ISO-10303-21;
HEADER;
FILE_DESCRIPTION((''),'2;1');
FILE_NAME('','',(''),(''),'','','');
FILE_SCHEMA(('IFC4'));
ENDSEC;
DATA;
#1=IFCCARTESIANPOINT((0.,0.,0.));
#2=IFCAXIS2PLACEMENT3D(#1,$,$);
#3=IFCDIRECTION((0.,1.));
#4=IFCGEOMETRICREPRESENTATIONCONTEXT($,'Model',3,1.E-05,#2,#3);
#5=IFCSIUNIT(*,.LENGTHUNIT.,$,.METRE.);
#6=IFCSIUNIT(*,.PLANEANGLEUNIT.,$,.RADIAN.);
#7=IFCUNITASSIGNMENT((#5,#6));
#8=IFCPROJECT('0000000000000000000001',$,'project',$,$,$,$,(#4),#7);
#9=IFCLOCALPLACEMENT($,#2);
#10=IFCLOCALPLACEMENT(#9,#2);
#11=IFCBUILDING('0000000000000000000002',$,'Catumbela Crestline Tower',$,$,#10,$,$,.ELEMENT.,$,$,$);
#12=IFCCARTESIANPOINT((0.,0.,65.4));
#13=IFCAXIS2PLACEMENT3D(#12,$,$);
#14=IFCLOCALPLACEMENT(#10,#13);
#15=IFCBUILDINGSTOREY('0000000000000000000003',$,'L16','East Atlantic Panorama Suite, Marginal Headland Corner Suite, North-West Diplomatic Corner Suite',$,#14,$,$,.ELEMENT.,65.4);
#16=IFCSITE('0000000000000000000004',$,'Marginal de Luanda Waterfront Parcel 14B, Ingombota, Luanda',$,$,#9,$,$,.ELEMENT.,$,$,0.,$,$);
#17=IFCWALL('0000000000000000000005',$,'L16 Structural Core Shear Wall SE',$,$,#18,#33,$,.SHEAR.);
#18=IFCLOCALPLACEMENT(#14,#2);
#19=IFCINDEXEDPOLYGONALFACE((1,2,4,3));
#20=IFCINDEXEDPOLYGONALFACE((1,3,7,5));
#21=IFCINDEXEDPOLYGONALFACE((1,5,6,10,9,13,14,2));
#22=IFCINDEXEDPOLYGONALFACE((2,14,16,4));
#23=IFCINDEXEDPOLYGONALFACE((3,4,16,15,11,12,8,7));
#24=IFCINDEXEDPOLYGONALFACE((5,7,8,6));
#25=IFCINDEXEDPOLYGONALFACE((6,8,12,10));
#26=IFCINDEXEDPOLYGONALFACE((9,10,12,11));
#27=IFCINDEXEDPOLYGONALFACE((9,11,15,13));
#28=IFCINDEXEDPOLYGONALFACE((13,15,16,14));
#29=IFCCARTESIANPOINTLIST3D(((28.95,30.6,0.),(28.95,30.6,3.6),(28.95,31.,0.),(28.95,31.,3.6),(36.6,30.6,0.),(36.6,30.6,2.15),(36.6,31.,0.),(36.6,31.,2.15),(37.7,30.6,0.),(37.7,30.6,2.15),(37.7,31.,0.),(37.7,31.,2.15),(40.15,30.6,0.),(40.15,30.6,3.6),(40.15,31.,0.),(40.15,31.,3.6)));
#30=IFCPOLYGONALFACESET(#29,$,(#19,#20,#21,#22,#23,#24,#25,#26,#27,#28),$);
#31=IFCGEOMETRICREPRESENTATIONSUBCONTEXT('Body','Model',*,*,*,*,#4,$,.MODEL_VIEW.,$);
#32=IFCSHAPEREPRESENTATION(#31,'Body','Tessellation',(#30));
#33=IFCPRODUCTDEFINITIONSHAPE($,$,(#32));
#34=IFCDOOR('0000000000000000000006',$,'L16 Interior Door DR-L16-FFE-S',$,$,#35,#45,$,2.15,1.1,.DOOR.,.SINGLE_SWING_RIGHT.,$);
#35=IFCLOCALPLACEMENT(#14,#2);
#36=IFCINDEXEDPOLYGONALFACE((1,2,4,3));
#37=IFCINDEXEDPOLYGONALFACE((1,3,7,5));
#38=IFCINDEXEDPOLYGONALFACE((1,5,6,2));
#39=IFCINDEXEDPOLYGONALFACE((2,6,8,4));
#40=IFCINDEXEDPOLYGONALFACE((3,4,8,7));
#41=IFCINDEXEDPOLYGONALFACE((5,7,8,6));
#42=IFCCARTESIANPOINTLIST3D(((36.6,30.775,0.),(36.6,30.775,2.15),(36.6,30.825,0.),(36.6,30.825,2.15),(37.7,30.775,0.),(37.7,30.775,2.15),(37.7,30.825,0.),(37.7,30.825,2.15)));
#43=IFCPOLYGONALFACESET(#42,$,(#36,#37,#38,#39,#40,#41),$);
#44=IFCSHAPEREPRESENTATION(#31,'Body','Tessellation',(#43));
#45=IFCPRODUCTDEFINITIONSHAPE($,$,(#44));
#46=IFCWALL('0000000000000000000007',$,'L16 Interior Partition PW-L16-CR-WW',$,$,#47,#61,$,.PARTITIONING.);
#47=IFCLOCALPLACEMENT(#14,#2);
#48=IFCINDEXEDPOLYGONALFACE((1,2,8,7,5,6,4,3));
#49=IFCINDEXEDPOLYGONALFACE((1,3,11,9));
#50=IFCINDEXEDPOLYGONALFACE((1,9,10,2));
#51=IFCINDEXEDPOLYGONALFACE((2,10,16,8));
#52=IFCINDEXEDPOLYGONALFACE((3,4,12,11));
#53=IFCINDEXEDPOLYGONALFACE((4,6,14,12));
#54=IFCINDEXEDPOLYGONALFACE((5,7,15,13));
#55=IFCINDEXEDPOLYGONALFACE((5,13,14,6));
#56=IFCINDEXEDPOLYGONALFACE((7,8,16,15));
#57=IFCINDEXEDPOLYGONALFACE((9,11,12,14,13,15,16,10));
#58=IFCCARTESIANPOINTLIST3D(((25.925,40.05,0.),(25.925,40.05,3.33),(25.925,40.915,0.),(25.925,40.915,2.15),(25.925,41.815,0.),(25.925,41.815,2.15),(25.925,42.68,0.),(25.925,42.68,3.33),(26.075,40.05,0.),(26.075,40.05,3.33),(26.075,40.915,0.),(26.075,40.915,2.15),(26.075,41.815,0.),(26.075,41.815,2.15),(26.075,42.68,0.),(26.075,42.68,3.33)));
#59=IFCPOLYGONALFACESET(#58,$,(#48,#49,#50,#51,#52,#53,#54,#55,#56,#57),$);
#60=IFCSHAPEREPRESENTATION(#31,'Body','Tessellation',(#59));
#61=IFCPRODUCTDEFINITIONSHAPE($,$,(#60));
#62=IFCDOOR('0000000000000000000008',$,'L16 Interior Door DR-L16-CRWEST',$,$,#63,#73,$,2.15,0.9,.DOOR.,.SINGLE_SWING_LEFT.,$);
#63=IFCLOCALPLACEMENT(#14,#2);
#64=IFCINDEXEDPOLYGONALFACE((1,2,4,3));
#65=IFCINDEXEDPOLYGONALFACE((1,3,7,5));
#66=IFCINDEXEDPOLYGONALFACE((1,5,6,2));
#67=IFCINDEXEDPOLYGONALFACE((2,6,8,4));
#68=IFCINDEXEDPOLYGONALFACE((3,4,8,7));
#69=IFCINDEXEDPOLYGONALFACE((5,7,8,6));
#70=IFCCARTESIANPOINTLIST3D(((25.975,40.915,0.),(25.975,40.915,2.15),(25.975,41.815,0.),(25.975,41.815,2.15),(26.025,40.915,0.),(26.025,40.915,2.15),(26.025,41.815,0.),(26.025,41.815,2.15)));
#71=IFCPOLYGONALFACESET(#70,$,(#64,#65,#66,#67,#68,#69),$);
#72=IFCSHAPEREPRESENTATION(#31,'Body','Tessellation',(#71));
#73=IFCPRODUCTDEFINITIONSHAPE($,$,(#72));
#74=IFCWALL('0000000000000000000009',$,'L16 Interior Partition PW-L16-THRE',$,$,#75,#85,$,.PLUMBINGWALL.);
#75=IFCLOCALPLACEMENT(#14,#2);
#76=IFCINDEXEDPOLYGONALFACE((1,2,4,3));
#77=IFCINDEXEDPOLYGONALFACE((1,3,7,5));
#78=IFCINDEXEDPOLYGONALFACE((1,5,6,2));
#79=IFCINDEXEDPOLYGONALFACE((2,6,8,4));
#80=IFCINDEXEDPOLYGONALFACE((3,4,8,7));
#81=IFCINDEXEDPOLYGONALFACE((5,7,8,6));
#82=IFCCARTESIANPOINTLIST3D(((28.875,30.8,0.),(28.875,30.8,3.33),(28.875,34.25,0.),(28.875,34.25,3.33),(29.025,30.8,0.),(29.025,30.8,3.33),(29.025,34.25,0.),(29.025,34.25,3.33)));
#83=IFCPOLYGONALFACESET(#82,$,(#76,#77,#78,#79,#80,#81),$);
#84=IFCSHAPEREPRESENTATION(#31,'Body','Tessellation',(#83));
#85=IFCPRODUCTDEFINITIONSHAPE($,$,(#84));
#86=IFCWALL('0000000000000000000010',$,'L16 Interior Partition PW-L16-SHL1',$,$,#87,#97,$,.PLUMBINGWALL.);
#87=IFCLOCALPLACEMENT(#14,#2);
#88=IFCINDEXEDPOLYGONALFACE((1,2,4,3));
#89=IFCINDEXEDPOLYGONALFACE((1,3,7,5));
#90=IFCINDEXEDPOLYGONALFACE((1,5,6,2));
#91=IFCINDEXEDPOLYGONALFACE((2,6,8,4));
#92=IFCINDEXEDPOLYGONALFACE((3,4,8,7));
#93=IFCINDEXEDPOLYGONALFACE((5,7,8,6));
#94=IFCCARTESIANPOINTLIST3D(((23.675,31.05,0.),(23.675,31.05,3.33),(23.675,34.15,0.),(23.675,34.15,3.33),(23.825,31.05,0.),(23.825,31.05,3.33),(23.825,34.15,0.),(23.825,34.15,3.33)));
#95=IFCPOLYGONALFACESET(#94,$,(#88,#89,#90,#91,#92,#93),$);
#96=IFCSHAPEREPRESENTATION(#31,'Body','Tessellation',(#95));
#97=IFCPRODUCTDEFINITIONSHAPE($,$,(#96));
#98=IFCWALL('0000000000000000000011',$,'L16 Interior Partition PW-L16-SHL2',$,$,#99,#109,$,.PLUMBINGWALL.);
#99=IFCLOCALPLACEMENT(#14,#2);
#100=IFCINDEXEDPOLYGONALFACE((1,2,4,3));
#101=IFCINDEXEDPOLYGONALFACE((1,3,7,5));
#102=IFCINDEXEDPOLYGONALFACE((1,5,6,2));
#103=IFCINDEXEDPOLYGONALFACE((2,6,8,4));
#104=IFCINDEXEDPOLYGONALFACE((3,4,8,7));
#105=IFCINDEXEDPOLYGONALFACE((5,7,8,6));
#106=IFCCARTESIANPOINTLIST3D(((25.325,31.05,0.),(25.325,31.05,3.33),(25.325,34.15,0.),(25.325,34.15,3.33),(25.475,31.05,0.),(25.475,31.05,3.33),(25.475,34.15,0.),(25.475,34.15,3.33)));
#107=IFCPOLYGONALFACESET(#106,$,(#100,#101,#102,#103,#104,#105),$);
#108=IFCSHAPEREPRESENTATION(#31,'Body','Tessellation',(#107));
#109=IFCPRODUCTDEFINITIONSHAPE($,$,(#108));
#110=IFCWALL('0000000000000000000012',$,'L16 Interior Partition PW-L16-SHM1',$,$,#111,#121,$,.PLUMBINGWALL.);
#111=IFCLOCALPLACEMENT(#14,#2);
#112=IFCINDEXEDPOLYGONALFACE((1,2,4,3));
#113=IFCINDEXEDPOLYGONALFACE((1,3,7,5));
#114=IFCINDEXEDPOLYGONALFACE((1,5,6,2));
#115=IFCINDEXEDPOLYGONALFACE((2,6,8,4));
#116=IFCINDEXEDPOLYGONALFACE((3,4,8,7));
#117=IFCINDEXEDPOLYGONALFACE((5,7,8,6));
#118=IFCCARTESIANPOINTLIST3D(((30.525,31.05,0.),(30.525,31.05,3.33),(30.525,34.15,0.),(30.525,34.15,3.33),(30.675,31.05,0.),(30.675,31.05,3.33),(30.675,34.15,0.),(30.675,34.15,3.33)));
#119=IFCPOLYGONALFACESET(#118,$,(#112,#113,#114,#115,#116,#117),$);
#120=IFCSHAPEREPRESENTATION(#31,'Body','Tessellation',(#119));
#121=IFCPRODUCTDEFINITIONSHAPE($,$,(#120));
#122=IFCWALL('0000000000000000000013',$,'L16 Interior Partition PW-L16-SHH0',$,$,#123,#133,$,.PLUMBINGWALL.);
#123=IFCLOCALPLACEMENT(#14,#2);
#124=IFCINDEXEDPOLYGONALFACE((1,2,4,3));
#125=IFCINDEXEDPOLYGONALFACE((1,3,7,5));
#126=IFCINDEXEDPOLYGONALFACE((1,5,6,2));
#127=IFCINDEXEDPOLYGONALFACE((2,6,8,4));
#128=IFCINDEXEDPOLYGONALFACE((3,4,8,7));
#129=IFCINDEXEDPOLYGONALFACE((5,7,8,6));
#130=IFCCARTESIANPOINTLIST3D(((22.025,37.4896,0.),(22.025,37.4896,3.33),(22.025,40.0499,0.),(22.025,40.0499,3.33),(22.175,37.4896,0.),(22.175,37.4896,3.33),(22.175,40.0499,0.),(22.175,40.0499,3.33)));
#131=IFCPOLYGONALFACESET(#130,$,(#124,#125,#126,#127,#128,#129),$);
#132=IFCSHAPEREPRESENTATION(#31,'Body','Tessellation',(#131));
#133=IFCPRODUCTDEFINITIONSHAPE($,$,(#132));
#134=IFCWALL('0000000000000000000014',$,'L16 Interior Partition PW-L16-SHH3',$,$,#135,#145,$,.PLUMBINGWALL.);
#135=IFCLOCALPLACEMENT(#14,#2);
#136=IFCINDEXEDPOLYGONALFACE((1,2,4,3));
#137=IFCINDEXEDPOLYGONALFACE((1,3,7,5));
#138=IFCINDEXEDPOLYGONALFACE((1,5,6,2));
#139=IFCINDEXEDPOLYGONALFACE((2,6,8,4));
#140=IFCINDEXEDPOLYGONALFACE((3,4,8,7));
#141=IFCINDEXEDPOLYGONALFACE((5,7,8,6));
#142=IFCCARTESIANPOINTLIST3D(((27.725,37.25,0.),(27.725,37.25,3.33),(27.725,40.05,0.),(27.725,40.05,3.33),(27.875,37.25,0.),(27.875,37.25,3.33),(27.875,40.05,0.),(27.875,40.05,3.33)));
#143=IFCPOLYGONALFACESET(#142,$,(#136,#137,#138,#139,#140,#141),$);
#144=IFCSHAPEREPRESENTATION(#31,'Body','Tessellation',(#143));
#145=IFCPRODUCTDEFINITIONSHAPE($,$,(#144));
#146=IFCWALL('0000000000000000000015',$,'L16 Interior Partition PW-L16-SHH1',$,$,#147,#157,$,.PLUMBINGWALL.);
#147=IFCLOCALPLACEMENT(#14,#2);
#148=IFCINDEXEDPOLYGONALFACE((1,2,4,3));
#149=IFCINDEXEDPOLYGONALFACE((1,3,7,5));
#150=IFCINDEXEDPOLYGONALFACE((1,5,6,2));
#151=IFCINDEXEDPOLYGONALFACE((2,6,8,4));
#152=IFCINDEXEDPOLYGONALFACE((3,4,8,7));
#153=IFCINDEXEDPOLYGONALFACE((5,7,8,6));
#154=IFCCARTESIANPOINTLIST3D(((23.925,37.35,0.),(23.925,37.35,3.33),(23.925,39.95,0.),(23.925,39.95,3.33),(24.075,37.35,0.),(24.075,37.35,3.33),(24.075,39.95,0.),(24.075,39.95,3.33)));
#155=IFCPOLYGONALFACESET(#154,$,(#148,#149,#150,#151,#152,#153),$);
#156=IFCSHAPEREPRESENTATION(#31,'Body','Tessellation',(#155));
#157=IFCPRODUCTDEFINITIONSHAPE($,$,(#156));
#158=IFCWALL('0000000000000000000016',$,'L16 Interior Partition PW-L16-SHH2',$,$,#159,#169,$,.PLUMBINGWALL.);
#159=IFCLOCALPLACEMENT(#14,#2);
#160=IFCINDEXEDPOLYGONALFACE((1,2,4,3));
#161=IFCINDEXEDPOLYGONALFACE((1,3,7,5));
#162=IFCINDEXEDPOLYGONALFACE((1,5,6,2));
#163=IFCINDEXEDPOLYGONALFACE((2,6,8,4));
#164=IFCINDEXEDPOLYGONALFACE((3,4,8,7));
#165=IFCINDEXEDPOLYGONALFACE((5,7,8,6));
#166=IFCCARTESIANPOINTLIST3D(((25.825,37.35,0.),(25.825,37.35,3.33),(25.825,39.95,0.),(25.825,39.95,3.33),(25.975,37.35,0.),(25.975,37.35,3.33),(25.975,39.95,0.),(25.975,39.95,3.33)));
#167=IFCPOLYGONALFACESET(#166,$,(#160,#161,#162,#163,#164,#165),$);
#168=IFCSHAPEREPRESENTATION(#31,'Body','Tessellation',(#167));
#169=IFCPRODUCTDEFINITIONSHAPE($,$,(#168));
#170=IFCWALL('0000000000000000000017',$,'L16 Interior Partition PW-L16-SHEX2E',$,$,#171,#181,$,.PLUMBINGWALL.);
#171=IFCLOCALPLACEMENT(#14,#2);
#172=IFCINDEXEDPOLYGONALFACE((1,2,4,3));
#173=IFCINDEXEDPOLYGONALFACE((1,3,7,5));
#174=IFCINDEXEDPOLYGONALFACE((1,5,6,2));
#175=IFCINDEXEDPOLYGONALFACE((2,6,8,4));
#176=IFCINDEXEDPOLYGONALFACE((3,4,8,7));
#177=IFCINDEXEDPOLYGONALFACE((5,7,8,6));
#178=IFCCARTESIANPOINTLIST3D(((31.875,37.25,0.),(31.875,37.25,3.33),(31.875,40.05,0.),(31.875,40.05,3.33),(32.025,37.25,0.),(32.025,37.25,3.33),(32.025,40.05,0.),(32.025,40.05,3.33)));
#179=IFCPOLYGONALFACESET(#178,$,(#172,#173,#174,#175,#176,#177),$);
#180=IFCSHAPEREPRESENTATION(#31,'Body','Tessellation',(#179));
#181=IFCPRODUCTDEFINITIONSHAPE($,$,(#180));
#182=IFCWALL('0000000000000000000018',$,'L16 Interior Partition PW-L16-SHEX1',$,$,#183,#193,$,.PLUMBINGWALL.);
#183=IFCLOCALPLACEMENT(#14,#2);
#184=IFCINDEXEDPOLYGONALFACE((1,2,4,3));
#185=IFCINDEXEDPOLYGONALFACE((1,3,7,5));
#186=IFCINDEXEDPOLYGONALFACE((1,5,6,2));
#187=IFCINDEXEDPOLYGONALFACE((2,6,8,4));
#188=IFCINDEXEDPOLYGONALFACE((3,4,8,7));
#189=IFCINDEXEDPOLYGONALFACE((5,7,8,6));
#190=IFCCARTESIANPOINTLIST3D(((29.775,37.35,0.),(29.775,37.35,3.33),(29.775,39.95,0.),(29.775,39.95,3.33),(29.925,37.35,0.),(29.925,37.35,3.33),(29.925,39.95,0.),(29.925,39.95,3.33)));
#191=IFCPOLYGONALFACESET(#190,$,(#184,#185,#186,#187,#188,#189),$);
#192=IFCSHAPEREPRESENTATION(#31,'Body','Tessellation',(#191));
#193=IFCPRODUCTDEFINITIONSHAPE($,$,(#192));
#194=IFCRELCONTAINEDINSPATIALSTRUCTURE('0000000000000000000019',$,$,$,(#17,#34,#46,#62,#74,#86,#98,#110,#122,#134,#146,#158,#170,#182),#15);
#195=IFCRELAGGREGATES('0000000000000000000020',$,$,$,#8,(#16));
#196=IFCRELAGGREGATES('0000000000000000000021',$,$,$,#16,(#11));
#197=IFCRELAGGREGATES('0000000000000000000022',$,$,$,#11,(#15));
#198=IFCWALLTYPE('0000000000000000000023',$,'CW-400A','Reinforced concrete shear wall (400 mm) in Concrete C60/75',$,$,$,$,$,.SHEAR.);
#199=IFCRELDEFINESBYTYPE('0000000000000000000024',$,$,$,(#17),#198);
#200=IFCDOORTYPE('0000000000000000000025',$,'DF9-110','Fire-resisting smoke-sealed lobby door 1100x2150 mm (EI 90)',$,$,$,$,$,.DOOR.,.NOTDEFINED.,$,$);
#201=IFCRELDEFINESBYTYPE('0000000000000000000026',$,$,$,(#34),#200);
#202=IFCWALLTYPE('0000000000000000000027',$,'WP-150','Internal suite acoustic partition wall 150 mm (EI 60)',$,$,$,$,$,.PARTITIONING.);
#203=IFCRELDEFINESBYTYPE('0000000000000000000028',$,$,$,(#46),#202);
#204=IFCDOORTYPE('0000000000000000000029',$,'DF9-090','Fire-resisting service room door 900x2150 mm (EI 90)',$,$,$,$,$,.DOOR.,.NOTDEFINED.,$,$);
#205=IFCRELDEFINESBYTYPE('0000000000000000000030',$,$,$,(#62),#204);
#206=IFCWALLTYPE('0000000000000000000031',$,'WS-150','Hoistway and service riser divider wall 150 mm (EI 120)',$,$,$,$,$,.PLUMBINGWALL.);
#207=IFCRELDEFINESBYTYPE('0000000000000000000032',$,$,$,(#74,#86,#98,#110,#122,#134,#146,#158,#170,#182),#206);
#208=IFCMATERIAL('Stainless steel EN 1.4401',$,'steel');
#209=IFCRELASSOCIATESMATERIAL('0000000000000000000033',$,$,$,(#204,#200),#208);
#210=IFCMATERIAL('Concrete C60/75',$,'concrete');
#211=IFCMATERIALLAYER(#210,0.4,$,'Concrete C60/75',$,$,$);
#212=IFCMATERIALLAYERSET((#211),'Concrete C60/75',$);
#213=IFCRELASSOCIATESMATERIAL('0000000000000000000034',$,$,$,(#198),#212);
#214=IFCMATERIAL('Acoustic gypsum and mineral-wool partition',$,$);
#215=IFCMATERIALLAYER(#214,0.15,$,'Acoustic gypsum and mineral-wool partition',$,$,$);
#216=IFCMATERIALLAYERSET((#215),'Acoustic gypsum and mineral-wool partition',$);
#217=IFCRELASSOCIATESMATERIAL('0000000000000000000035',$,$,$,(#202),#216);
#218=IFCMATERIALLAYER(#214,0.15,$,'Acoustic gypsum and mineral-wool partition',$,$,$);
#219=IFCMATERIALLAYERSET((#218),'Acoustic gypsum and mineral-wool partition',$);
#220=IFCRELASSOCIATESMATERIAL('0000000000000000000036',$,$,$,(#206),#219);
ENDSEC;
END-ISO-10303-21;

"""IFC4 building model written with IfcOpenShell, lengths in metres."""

from ifc_helpers import new_model, si_unit, direction, frame, frame_2d, origin, place, context, subcontext, project, spatial, rectangle, extrude, material, layer, layer_set, type_object, element, fill, save


model = new_model("IFC4")

# Units and contexts
model_context = context("Model", 3, precision=1e-05, world=origin(), true_north=direction((0.0, 1.0)))
body_context = subcontext(model_context, "Body", "Model", "MODEL_VIEW")
ifc_project = project(units=[si_unit("LENGTHUNIT", "METRE"), si_unit("PLANEANGLEUNIT", "RADIAN")], contexts=[model_context])

# Site, building, storey
site_placement = place(None, origin())
site = spatial("IfcSite", under=ifc_project, at=site_placement, Name="Marginal de Luanda Waterfront Parcel 14B, Ingombota, Luanda", CompositionType="ELEMENT", RefElevation=0.0)
building_placement = place(site_placement, origin())
building = spatial("IfcBuilding", under=site, at=building_placement, Name="Catumbela Crestline Tower", CompositionType="ELEMENT")
storey_placement = place(building_placement, frame((0.0, 0.0, 65.4)))
storey = spatial("IfcBuildingStorey", under=building, at=storey_placement, Name="L16", Description="East Atlantic Panorama Suite, Marginal Headland Corner Suite, North-West Diplomatic Corner Suite", CompositionType="ELEMENT", Elevation=65.4)

# Shared definitions
ifc_material_1 = material(Name="Stainless steel EN 1.4401", Category="steel")

# Shared definitions
door_type_1 = type_object("IfcDoorType", Name="DF9-090", Description="Fire-resisting service room door 900x2150 mm (EI 90)", OperationType="NOTDEFINED", PredefinedType="DOOR", material=ifc_material_1)

# Walls, openings, doors
ifc_material_2 = material(Name="Concrete C60/75", Category="concrete")
ifc_layer_1 = layer(ifc_material_2, 0.4, Name="Concrete C60/75")
ifc_layer_set_1 = layer_set([ifc_layer_1], Name="Concrete C60/75")
wall_type_1 = type_object("IfcWallType", Name="CW-400A", Description="Reinforced concrete shear wall (400 mm) in Concrete C60/75", PredefinedType="SHEAR", material=ifc_layer_set_1)
wall_1_placement = place(storey_placement, frame((28.95, 30.8, 0.0), z_axis=(0.0, 0.0, 1.0), x_axis=(1.0, 0.0, 0.0)))
wall_1 = element("IfcWall", 1, at=wall_1_placement, inside=storey, type_object=wall_type_1, Name="L16 Structural Core Shear Wall SE", PredefinedType="SHEAR", context=body_context, shape_type="SweptSolid", body=[
    extrude(rectangle(XDim=11.2, YDim=0.4, at=frame_2d((5.6, 0.0))), origin(), (0.0, 0.0, 1.0), 3.6),
])
opening_1_placement = place(wall_1_placement, frame((7.65, 0.0, 0.0)))
opening_1 = element("IfcOpeningElement", 2, at=opening_1_placement, cuts=wall_1, PredefinedType="OPENING", context=body_context, shape_type="SweptSolid", body=[
    extrude(rectangle(XDim=1.1, YDim=2.15, at=frame_2d((0.55, 1.075))), frame((0.0, 0.21, 0.0), z_axis=(0.0, -1.0, 0.0), x_axis=(1.0, 0.0, 0.0)), (0.0, 0.0, 1.0), 0.42),
])
door_type_2 = type_object("IfcDoorType", Name="DF9-110", Description="Fire-resisting smoke-sealed lobby door 1100x2150 mm (EI 90)", OperationType="NOTDEFINED", PredefinedType="DOOR", material=ifc_material_1)
door_1_placement = place(opening_1_placement, origin())
door_1 = element("IfcDoor", 3, at=door_1_placement, inside=storey, type_object=door_type_2, Name="L16 Interior Door DR-L16-FFE-S", OperationType="SINGLE_SWING_RIGHT", OverallHeight=2.15, OverallWidth=1.1, PredefinedType="DOOR", context=body_context, shape_type="SweptSolid", body=[
    extrude(rectangle(XDim=1.1, YDim=2.15, at=frame_2d((0.55, 1.075))), frame((0.0, 0.025, 0.0), z_axis=(0.0, -1.0, 0.0), x_axis=(1.0, 0.0, 0.0)), (0.0, 0.0, 1.0), 0.05),
])
fill(opening_1, door_1)
ifc_material_3 = material(Name="Acoustic gypsum and mineral-wool partition")
ifc_layer_2 = layer(ifc_material_3, 0.15, Name="Acoustic gypsum and mineral-wool partition")
ifc_layer_set_2 = layer_set([ifc_layer_2], Name="Acoustic gypsum and mineral-wool partition")
wall_type_2 = type_object("IfcWallType", Name="WP-150", Description="Internal suite acoustic partition wall 150 mm (EI 60)", PredefinedType="PARTITIONING", material=ifc_layer_set_2)
wall_2_placement = place(storey_placement, frame((26.0, 40.05, 0.0), z_axis=(0.0, 0.0, 1.0), x_axis=(0.0, 1.0, 0.0)))
wall_2 = element("IfcWall", 4, at=wall_2_placement, inside=storey, type_object=wall_type_2, Name="L16 Interior Partition PW-L16-CR-WW", PredefinedType="PARTITIONING", context=body_context, shape_type="SweptSolid", body=[
    extrude(rectangle(XDim=2.63, YDim=0.15, at=frame_2d((1.315, 0.0))), origin(), (0.0, 0.0, 1.0), 3.33),
])
opening_2_placement = place(wall_2_placement, frame((0.865, 0.0, 0.0)))
opening_2 = element("IfcOpeningElement", 5, at=opening_2_placement, cuts=wall_2, PredefinedType="OPENING", context=body_context, shape_type="SweptSolid", body=[
    extrude(rectangle(XDim=0.9, YDim=2.15, at=frame_2d((0.45, 1.075))), frame((0.0, 0.085, 0.0), z_axis=(0.0, -1.0, 0.0), x_axis=(1.0, 0.0, 0.0)), (0.0, 0.0, 1.0), 0.17),
])
door_2_placement = place(opening_2_placement, origin())
door_2 = element("IfcDoor", 6, at=door_2_placement, inside=storey, type_object=door_type_1, Name="L16 Interior Door DR-L16-CRWEST", OperationType="SINGLE_SWING_LEFT", OverallHeight=2.15, OverallWidth=0.9, PredefinedType="DOOR", context=body_context, shape_type="SweptSolid", body=[
    extrude(rectangle(XDim=0.9, YDim=2.15, at=frame_2d((0.45, 1.075))), frame((0.0, 0.025, 0.0), z_axis=(0.0, -1.0, 0.0), x_axis=(1.0, 0.0, 0.0)), (0.0, 0.0, 1.0), 0.05),
])
fill(opening_2, door_2)

# Walls
ifc_layer_3 = layer(ifc_material_3, 0.15, Name="Acoustic gypsum and mineral-wool partition")
ifc_layer_set_3 = layer_set([ifc_layer_3], Name="Acoustic gypsum and mineral-wool partition")
wall_type_3 = type_object("IfcWallType", Name="WS-150", Description="Hoistway and service riser divider wall 150 mm (EI 120)", PredefinedType="PLUMBINGWALL", material=ifc_layer_set_3)
wall_3_placement = place(storey_placement, frame((28.95, 30.8, 0.0), z_axis=(0.0, 0.0, 1.0), x_axis=(0.0, 1.0, 0.0)))
element("IfcWall", 7, at=wall_3_placement, inside=storey, type_object=wall_type_3, Name="L16 Interior Partition PW-L16-THRE", PredefinedType="PLUMBINGWALL", context=body_context, shape_type="SweptSolid", body=[
    extrude(rectangle(XDim=3.45, YDim=0.15, at=frame_2d((1.725, 0.0))), origin(), (0.0, 0.0, 1.0), 3.33),
])
for number, where, z_axis, x_axis, name in (
    (8, (23.75, 31.05, 0.0), (0.0, 0.0, 1.0), (0.0, 1.0, 0.0), "L16 Interior Partition PW-L16-SHL1"),
    (9, (25.4, 31.05, 0.0), (0.0, 0.0, 1.0), (0.0, 1.0, 0.0), "L16 Interior Partition PW-L16-SHL2"),
    (10, (30.6, 31.05, 0.0), (0.0, 0.0, 1.0), (0.0, 1.0, 0.0), "L16 Interior Partition PW-L16-SHM1"),
):
    element("IfcWall", number, at=place(storey_placement, frame(where, z_axis=z_axis, x_axis=x_axis)), inside=storey, type_object=wall_type_3, Name=name, PredefinedType="PLUMBINGWALL", context=body_context, shape_type="SweptSolid", body=[
        extrude(rectangle(XDim=3.1, YDim=0.15, at=frame_2d((1.55, 0.0))), origin(), (0.0, 0.0, 1.0), 3.33),
    ])
wall_4_placement = place(storey_placement, frame((22.1, 37.4897, 0.0), z_axis=(0.0, 0.0, 1.0), x_axis=(0.0, 1.0, 0.0)))
element("IfcWall", 11, at=wall_4_placement, inside=storey, type_object=wall_type_3, Name="L16 Interior Partition PW-L16-SHH0", PredefinedType="PLUMBINGWALL", context=body_context, shape_type="SweptSolid", body=[
    extrude(rectangle(XDim=2.5603, YDim=0.15, at=frame_2d((1.2801, 0.0))), origin(), (0.0, 0.0, 1.0), 3.33),
])
wall_5_placement = place(storey_placement, frame((27.8, 37.25, 0.0), z_axis=(0.0, 0.0, 1.0), x_axis=(0.0, 1.0, 0.0)))
element("IfcWall", 12, at=wall_5_placement, inside=storey, type_object=wall_type_3, Name="L16 Interior Partition PW-L16-SHH3", PredefinedType="PLUMBINGWALL", context=body_context, shape_type="SweptSolid", body=[
    extrude(rectangle(XDim=2.8, YDim=0.15, at=frame_2d((1.4, 0.0))), origin(), (0.0, 0.0, 1.0), 3.33),
])
for number, where, z_axis, x_axis, name in (
    (13, (24.0, 37.35, 0.0), (0.0, 0.0, 1.0), (0.0, 1.0, 0.0), "L16 Interior Partition PW-L16-SHH1"),
    (14, (25.9, 37.35, 0.0), (0.0, 0.0, 1.0), (0.0, 1.0, 0.0), "L16 Interior Partition PW-L16-SHH2"),
):
    element("IfcWall", number, at=place(storey_placement, frame(where, z_axis=z_axis, x_axis=x_axis)), inside=storey, type_object=wall_type_3, Name=name, PredefinedType="PLUMBINGWALL", context=body_context, shape_type="SweptSolid", body=[
        extrude(rectangle(XDim=2.6, YDim=0.15, at=frame_2d((1.3, 0.0))), origin(), (0.0, 0.0, 1.0), 3.33),
    ])
wall_6_placement = place(storey_placement, frame((31.95, 37.25, 0.0), z_axis=(0.0, 0.0, 1.0), x_axis=(0.0, 1.0, 0.0)))
element("IfcWall", 15, at=wall_6_placement, inside=storey, type_object=wall_type_3, Name="L16 Interior Partition PW-L16-SHEX2E", PredefinedType="PLUMBINGWALL", context=body_context, shape_type="SweptSolid", body=[
    extrude(rectangle(XDim=2.8, YDim=0.15, at=frame_2d((1.4, 0.0))), origin(), (0.0, 0.0, 1.0), 3.33),
])
wall_7_placement = place(storey_placement, frame((29.85, 37.35, 0.0), z_axis=(0.0, 0.0, 1.0), x_axis=(0.0, 1.0, 0.0)))
element("IfcWall", 16, at=wall_7_placement, inside=storey, type_object=wall_type_3, Name="L16 Interior Partition PW-L16-SHEX1", PredefinedType="PLUMBINGWALL", context=body_context, shape_type="SweptSolid", body=[
    extrude(rectangle(XDim=2.6, YDim=0.15, at=frame_2d((1.3, 0.0))), origin(), (0.0, 0.0, 1.0), 3.33),
])

save(model, "model.ifc")
